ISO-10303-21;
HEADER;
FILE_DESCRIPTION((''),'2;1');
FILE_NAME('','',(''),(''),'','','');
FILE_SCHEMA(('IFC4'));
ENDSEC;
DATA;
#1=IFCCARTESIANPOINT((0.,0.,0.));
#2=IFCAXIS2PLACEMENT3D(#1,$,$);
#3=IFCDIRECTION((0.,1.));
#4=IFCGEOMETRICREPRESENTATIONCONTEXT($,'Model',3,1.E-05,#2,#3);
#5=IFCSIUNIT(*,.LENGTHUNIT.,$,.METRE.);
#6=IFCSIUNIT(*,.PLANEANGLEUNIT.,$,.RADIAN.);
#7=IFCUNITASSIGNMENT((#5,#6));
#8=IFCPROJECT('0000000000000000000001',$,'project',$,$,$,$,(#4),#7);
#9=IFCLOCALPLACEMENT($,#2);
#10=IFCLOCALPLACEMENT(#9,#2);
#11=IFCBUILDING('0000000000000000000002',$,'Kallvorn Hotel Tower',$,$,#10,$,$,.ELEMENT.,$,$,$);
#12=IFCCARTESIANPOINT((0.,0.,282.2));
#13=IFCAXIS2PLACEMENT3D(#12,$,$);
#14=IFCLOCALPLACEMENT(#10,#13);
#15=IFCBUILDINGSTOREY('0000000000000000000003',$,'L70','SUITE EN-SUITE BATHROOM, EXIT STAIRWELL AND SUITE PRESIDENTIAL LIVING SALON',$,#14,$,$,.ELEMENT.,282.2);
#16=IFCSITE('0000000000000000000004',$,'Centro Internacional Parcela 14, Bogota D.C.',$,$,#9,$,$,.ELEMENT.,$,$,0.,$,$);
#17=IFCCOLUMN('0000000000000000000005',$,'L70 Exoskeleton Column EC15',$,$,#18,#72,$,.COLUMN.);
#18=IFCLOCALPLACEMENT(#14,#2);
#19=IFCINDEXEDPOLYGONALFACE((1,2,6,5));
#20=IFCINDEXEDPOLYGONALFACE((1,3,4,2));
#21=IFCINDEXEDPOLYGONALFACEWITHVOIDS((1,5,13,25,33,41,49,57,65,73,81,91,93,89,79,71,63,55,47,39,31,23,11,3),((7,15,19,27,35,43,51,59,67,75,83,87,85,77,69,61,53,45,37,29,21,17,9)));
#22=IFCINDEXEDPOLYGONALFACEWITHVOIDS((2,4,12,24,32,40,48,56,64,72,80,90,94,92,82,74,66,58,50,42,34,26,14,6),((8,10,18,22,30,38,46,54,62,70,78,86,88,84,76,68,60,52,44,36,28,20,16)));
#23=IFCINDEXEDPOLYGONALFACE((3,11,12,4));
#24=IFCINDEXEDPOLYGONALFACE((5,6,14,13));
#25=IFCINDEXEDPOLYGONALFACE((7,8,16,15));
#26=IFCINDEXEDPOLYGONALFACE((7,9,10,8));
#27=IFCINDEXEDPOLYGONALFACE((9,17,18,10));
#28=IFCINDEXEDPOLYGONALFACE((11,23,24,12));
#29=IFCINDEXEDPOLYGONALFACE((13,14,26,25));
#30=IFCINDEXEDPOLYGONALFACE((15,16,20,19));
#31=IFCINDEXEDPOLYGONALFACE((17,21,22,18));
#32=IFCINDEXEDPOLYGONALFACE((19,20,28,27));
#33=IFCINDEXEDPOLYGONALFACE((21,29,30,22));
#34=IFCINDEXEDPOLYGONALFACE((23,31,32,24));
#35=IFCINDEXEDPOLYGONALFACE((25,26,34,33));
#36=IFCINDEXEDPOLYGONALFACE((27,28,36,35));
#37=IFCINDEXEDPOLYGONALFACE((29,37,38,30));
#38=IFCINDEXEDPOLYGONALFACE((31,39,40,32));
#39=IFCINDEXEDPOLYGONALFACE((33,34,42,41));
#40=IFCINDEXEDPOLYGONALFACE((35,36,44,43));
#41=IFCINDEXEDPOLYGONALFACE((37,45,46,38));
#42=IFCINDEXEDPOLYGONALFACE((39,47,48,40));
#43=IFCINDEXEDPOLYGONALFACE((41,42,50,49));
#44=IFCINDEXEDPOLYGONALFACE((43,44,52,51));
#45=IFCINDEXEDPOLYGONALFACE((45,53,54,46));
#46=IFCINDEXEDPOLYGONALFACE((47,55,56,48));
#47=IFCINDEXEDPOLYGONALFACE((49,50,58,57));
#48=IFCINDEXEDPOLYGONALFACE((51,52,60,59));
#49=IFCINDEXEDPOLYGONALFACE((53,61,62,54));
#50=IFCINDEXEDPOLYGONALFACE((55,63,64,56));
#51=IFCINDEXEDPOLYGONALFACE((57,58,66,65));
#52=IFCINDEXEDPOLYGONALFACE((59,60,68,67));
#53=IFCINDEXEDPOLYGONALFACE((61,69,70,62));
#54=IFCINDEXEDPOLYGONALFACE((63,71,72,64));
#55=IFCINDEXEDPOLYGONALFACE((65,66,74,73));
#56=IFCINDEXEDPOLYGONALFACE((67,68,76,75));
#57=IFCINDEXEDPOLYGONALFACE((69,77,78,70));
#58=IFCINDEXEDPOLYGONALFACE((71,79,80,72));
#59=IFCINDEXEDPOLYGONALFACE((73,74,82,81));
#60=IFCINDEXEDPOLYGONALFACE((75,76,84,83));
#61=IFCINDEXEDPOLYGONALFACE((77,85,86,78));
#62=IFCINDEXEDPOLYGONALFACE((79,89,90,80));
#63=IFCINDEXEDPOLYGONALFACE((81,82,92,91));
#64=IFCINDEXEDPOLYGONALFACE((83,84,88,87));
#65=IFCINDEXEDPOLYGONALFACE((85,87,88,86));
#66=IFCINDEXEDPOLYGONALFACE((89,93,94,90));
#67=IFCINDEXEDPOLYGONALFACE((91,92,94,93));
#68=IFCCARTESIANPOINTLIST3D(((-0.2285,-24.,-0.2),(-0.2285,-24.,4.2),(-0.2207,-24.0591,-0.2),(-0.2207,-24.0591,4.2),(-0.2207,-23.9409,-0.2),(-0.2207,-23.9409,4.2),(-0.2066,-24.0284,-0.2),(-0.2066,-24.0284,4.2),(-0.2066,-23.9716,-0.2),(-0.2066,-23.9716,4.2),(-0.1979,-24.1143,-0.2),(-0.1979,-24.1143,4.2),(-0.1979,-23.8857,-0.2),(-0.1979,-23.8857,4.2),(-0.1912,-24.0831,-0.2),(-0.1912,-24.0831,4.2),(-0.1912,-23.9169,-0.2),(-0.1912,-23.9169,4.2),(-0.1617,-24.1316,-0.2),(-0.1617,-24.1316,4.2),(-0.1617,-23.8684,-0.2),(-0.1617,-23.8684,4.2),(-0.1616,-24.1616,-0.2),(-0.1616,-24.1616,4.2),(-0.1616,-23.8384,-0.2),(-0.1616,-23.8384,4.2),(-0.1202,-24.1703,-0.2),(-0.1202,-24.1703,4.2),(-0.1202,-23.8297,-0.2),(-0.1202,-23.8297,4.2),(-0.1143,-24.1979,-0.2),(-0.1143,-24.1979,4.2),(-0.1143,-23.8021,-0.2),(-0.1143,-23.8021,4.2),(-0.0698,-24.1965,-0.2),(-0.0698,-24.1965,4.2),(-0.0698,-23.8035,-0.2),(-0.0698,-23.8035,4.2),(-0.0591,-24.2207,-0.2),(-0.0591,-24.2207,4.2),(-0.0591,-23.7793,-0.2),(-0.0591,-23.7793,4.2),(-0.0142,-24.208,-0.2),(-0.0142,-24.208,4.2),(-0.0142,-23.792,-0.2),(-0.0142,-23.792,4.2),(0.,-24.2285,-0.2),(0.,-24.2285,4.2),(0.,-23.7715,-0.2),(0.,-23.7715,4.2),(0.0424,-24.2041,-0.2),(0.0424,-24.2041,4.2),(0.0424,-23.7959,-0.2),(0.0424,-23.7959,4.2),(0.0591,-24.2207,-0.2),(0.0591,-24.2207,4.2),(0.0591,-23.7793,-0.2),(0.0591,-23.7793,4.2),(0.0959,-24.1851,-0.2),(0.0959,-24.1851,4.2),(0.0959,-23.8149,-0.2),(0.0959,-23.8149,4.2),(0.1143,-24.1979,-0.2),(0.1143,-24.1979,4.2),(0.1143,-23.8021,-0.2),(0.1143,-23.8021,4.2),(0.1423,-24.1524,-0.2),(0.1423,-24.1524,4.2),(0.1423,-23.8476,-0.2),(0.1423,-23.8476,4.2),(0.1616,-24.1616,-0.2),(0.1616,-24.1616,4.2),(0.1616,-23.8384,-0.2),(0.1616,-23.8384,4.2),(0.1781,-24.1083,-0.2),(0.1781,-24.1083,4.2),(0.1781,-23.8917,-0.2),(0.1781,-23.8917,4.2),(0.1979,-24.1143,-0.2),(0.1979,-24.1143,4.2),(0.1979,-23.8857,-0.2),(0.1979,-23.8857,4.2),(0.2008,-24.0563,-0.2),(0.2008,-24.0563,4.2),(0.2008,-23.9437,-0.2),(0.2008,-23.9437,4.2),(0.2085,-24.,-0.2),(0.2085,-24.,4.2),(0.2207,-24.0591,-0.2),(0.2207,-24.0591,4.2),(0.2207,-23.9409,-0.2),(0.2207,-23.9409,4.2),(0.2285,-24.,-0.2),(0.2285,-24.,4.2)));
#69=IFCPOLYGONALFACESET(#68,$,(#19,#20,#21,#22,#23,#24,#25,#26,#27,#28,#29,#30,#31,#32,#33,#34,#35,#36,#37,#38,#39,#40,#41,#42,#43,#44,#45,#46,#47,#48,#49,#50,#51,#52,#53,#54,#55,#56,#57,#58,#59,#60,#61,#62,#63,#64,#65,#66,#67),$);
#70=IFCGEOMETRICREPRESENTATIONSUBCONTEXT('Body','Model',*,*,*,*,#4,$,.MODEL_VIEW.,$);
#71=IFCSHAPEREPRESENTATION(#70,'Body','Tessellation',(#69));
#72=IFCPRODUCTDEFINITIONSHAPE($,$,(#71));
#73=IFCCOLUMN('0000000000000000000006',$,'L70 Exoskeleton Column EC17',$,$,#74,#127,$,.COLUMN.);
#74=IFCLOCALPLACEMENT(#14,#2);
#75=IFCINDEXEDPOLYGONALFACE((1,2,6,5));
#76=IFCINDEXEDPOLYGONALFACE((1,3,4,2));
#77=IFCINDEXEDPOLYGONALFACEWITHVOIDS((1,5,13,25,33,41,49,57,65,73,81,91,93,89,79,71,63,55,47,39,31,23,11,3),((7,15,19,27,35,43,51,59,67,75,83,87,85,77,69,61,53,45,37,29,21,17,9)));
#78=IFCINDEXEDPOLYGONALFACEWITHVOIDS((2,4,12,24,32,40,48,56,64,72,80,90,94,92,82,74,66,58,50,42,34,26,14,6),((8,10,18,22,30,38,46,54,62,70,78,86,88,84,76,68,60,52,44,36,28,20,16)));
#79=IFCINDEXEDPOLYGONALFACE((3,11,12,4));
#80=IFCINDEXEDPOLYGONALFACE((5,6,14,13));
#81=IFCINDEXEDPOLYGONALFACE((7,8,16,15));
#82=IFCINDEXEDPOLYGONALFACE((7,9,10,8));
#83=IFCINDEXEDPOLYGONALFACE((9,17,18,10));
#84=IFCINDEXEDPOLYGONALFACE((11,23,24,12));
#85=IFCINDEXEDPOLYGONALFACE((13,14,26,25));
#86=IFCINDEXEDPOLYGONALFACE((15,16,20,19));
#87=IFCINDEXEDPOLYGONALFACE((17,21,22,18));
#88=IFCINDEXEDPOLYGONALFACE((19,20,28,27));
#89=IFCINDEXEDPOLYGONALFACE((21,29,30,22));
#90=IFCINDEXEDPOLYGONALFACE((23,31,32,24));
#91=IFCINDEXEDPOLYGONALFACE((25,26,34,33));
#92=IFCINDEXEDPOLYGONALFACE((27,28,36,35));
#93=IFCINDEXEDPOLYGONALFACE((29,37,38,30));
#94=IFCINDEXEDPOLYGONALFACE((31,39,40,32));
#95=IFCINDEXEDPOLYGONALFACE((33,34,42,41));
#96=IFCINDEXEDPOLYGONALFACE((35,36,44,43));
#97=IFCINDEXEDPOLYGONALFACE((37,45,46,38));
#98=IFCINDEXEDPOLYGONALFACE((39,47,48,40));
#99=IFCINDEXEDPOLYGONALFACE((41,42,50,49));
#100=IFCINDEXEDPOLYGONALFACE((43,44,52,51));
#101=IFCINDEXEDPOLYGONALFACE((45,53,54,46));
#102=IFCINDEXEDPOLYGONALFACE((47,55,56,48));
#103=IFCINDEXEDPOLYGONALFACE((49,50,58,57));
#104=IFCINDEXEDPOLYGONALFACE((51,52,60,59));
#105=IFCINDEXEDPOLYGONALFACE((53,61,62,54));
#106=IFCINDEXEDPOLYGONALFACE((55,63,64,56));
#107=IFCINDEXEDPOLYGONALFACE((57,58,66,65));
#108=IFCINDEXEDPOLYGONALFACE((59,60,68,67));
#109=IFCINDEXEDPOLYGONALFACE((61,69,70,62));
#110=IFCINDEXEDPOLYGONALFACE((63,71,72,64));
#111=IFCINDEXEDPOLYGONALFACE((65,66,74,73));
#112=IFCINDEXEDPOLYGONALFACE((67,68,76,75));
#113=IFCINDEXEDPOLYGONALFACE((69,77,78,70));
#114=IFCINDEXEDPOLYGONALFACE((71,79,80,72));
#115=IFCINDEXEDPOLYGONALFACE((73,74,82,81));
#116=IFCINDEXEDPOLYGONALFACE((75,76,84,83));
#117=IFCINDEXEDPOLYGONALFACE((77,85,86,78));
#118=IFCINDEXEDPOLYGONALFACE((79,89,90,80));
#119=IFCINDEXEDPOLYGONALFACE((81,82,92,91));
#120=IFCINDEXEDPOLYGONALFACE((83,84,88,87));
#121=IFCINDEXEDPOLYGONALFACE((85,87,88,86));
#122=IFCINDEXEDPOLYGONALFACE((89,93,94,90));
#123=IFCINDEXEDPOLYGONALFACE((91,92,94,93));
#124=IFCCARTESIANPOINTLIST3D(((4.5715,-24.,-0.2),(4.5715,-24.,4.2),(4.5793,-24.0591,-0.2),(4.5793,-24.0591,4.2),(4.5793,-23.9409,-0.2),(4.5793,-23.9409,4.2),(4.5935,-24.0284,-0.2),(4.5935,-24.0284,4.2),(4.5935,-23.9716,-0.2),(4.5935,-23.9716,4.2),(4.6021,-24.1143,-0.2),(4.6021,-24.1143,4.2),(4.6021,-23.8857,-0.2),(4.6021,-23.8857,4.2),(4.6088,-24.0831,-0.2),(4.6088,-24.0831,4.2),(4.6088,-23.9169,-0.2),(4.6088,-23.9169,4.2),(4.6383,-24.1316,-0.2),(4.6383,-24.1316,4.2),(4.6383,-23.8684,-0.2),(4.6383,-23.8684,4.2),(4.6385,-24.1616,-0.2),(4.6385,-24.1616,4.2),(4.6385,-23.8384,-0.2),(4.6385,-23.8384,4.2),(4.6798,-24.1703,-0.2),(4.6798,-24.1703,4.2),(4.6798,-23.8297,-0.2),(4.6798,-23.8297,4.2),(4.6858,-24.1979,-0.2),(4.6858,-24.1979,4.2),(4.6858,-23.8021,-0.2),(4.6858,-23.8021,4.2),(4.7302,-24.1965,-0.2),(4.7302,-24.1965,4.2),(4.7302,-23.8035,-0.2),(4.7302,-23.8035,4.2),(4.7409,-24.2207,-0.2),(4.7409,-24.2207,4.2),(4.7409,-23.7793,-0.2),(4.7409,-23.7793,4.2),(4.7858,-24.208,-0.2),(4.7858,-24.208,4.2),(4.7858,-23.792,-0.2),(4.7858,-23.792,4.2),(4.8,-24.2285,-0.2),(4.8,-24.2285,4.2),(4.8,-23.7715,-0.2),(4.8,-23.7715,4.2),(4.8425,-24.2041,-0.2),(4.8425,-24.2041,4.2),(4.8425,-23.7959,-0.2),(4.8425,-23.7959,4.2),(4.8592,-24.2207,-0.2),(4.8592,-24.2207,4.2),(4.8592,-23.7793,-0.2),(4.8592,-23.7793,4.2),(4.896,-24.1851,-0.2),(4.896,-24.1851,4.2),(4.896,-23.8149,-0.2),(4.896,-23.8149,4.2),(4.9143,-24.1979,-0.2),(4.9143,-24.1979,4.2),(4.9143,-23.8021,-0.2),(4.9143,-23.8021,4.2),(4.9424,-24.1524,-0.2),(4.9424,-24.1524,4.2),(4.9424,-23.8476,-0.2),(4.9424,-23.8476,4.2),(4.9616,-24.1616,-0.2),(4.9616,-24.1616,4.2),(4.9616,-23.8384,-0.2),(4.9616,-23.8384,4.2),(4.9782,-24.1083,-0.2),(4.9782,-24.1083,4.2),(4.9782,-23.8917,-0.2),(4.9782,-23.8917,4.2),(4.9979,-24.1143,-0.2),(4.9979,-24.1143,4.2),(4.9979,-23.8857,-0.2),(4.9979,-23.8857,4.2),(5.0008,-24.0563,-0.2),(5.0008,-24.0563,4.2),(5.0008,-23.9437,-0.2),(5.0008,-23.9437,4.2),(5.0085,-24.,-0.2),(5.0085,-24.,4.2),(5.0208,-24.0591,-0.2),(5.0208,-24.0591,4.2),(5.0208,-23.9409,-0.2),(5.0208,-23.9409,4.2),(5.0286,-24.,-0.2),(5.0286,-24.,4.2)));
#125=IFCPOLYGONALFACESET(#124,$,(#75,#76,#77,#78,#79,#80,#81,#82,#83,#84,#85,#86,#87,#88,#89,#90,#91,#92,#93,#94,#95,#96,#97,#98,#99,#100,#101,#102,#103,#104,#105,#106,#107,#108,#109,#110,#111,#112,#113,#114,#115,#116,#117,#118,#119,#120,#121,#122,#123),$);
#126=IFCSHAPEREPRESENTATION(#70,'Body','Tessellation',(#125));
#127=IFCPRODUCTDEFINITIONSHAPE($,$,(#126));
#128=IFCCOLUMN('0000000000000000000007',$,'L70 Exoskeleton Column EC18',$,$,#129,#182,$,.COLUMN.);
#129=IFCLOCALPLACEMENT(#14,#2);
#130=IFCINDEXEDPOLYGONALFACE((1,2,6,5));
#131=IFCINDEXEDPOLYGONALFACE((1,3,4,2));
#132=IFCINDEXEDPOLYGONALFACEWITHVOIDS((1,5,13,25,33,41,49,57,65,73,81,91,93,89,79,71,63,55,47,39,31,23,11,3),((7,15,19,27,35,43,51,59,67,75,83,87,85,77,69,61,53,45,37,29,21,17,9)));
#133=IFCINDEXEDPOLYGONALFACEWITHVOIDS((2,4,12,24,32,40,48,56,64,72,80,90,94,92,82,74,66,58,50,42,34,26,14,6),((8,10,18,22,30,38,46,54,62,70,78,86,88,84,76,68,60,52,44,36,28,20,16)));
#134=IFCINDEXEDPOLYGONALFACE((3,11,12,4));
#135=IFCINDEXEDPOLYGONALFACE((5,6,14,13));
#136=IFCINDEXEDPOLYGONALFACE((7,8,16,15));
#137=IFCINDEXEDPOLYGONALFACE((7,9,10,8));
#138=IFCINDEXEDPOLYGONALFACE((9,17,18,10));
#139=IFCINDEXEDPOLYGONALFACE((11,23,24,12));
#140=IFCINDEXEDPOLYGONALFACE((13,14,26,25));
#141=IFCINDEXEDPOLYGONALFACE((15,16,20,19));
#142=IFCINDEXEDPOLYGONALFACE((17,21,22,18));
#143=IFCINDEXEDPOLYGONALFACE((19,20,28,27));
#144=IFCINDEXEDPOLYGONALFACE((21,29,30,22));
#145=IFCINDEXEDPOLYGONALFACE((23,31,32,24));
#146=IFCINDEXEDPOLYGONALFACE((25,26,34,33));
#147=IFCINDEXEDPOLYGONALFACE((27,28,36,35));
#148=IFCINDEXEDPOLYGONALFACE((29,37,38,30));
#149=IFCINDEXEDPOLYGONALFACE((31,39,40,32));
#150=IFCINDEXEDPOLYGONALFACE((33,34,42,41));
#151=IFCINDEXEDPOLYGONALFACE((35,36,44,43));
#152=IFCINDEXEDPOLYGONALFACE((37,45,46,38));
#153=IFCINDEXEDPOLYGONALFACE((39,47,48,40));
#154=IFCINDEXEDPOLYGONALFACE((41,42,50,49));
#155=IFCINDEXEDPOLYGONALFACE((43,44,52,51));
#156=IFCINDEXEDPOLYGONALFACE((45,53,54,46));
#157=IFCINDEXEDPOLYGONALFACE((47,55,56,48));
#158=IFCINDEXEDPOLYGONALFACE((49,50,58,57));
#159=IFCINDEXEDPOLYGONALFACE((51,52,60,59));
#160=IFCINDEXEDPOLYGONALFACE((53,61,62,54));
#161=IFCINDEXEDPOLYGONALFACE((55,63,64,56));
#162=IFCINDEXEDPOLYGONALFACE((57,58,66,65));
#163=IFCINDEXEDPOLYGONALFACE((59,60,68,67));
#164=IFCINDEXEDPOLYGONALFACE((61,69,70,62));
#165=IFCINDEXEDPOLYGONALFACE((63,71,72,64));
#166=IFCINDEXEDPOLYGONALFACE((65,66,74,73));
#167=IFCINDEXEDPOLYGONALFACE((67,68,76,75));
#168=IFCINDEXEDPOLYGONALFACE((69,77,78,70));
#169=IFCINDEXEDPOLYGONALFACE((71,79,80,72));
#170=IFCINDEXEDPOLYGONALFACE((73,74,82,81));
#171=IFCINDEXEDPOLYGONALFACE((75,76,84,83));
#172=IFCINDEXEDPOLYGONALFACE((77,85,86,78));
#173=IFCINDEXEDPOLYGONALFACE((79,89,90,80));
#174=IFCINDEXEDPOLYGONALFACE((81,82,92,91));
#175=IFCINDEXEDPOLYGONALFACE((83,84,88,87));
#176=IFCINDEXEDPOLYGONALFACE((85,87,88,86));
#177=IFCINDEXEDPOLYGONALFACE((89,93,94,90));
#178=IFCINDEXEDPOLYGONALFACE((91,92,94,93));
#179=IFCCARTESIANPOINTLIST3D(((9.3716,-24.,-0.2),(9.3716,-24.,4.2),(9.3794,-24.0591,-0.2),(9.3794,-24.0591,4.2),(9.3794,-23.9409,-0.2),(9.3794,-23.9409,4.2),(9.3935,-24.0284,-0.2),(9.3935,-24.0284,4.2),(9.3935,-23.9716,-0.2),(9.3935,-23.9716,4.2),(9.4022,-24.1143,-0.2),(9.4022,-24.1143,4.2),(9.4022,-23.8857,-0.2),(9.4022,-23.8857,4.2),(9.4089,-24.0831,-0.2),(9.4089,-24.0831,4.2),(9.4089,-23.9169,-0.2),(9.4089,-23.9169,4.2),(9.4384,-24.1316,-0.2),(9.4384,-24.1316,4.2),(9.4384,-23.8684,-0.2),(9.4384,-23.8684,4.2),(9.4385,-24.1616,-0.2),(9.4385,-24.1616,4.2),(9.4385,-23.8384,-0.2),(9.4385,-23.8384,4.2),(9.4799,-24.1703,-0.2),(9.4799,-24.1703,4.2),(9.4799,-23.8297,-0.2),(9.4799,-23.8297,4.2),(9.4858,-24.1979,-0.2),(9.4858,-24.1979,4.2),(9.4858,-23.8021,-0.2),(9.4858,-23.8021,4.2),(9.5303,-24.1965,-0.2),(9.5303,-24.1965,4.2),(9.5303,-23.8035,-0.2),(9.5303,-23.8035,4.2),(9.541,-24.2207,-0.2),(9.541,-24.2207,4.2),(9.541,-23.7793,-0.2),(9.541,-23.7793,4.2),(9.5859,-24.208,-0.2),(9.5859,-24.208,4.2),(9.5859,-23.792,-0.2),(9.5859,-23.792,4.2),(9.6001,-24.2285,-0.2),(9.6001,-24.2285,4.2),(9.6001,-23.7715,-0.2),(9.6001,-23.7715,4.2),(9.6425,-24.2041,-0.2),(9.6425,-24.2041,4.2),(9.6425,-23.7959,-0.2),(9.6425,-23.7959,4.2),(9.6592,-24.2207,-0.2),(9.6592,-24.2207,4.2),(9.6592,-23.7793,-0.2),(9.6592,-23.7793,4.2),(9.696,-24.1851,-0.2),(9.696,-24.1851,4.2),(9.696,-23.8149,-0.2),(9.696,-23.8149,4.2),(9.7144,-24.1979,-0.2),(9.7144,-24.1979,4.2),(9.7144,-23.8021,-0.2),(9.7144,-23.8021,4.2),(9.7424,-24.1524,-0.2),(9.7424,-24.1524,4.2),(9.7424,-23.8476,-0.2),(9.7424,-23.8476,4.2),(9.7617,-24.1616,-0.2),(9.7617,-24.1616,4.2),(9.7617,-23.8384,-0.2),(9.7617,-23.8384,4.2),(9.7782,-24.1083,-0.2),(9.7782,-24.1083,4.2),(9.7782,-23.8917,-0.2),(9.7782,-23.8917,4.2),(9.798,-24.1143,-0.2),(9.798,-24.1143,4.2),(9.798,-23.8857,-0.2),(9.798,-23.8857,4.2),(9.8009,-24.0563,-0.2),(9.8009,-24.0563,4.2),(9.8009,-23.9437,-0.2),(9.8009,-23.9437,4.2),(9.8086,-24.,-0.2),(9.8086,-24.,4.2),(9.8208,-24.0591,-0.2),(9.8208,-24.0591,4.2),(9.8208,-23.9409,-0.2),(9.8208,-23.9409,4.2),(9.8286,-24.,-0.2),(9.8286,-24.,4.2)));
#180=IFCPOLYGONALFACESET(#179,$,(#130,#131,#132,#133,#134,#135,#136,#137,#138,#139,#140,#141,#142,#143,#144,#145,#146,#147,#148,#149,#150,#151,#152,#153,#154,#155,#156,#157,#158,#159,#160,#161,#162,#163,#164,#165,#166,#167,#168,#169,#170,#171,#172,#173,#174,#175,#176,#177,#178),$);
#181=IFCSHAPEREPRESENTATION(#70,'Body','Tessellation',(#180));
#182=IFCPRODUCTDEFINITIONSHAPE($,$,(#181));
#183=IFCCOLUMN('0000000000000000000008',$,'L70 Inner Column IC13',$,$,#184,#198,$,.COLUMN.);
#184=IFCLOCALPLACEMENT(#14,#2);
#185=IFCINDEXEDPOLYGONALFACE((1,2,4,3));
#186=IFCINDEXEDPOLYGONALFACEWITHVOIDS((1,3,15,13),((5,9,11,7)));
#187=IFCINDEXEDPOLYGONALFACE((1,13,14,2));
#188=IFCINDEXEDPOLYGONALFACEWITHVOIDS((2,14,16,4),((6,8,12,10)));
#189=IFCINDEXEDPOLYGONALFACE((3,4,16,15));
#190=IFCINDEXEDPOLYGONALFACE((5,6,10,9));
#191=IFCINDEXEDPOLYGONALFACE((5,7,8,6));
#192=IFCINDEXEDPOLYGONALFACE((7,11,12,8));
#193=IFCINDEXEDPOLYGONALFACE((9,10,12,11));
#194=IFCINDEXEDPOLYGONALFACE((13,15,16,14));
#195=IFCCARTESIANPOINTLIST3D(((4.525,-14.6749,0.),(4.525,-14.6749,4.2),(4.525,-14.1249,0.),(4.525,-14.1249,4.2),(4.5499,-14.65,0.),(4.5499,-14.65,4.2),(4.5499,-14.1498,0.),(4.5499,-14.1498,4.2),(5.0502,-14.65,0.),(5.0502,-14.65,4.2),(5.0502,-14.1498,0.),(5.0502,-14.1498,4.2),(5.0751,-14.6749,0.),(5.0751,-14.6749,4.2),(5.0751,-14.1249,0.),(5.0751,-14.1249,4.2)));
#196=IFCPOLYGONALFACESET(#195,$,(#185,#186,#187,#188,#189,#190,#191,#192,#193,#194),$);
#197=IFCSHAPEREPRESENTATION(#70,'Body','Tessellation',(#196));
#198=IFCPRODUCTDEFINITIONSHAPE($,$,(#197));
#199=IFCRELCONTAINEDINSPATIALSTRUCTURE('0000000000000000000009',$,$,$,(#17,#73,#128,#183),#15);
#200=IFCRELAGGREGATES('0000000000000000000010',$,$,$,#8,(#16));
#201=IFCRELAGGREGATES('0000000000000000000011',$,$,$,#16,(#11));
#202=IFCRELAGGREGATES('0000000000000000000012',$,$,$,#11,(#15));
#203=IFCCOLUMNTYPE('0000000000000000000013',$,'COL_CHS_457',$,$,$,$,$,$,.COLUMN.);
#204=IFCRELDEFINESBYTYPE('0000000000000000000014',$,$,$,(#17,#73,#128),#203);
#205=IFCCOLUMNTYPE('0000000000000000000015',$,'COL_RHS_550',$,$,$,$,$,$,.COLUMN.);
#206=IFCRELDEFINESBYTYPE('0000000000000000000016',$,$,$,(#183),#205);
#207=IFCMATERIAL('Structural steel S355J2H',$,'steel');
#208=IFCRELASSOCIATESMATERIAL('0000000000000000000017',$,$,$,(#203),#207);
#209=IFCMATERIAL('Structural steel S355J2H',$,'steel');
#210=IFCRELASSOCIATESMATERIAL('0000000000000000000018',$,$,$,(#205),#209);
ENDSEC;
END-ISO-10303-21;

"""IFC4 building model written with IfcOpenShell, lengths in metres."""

from ifc_helpers import new_model, si_unit, direction, frame, origin, origin_2d, place, context, subcontext, project, spatial, hollow_rectangle, hollow_circle, extrude, material, material_profile, profile_set, type_object, element, save


model = new_model("IFC4")

# Units and contexts
model_context = context("Model", 3, precision=1e-05, world=origin(), true_north=direction((0.0, 1.0)))
body_context = subcontext(model_context, "Body", "Model", "MODEL_VIEW")
ifc_project = project(units=[si_unit("LENGTHUNIT", "METRE"), si_unit("PLANEANGLEUNIT", "RADIAN")], contexts=[model_context])

# Site, building, storey
site_placement = place(None, origin())
site = spatial("IfcSite", under=ifc_project, at=site_placement, Name="Centro Internacional Parcela 14, Bogota D.C.", CompositionType="ELEMENT", RefElevation=0.0)
building_placement = place(site_placement, origin())
building = spatial("IfcBuilding", under=site, at=building_placement, Name="Kallvorn Hotel Tower", CompositionType="ELEMENT")
storey_placement = place(building_placement, frame((0.0, 0.0, 282.2)))
storey = spatial("IfcBuildingStorey", under=building, at=storey_placement, Name="L70", Description="SUITE EN-SUITE BATHROOM, EXIT STAIRWELL AND SUITE PRESIDENTIAL LIVING SALON", CompositionType="ELEMENT", Elevation=282.2)

# Columns
ifc_material_1 = material(Name="Structural steel S355J2H", Category="steel")
ifc_material_profile_1 = material_profile(ifc_material_1, hollow_circle(Radius=0.2285, WallThickness=0.02, at=origin_2d()), Name="CHS 457x20")
ifc_profile_set_1 = profile_set([ifc_material_profile_1], Name="Structural steel S355J2H")
column_type_1 = type_object("IfcColumnType", Name="COL_CHS_457", PredefinedType="COLUMN", material=ifc_profile_set_1)
for number, where, z_axis, x_axis, name in (
    (1, (0.0, -24.0, -0.2), (0.0, 0.0, 1.0), (1.0, 0.0, 0.0), "L70 Exoskeleton Column EC15"),
    (2, (4.8, -24.0, -0.2), (0.0, 0.0, 1.0), (1.0, 0.0, 0.0), "L70 Exoskeleton Column EC17"),
    (3, (9.6001, -24.0, -0.2), (0.0, 0.0, 1.0), (1.0, 0.0, 0.0), "L70 Exoskeleton Column EC18"),
):
    element("IfcColumn", number, at=place(storey_placement, frame(where, z_axis=z_axis, x_axis=x_axis)), inside=storey, type_object=column_type_1, Name=name, PredefinedType="COLUMN", context=body_context, shape_type="SweptSolid", body=[
        extrude(hollow_circle(Radius=0.2285, WallThickness=0.02, at=origin_2d()), origin(), (0.0, 0.0, 1.0), 4.3999),
    ])
ifc_material_2 = material(Name="Structural steel S355J2H", Category="steel")
ifc_material_profile_2 = material_profile(ifc_material_2, hollow_rectangle(XDim=0.55, YDim=0.55, WallThickness=0.0249, at=origin_2d()), Name="RHS 550x550x25")
ifc_profile_set_2 = profile_set([ifc_material_profile_2], Name="Structural steel S355J2H")
column_type_2 = type_object("IfcColumnType", Name="COL_RHS_550", PredefinedType="COLUMN", material=ifc_profile_set_2)
column_placement = place(storey_placement, frame((4.8, -14.3999, 0.0), z_axis=(0.0, 0.0, 1.0), x_axis=(1.0, 0.0, 0.0)))
element("IfcColumn", 4, at=column_placement, inside=storey, type_object=column_type_2, Name="L70 Inner Column IC13", PredefinedType="COLUMN", context=body_context, shape_type="SweptSolid", body=[
    extrude(hollow_rectangle(XDim=0.55, YDim=0.55, WallThickness=0.0249, at=origin_2d()), origin(), (0.0, 0.0, 1.0), 4.2),
])

save(model, "model.ifc")
